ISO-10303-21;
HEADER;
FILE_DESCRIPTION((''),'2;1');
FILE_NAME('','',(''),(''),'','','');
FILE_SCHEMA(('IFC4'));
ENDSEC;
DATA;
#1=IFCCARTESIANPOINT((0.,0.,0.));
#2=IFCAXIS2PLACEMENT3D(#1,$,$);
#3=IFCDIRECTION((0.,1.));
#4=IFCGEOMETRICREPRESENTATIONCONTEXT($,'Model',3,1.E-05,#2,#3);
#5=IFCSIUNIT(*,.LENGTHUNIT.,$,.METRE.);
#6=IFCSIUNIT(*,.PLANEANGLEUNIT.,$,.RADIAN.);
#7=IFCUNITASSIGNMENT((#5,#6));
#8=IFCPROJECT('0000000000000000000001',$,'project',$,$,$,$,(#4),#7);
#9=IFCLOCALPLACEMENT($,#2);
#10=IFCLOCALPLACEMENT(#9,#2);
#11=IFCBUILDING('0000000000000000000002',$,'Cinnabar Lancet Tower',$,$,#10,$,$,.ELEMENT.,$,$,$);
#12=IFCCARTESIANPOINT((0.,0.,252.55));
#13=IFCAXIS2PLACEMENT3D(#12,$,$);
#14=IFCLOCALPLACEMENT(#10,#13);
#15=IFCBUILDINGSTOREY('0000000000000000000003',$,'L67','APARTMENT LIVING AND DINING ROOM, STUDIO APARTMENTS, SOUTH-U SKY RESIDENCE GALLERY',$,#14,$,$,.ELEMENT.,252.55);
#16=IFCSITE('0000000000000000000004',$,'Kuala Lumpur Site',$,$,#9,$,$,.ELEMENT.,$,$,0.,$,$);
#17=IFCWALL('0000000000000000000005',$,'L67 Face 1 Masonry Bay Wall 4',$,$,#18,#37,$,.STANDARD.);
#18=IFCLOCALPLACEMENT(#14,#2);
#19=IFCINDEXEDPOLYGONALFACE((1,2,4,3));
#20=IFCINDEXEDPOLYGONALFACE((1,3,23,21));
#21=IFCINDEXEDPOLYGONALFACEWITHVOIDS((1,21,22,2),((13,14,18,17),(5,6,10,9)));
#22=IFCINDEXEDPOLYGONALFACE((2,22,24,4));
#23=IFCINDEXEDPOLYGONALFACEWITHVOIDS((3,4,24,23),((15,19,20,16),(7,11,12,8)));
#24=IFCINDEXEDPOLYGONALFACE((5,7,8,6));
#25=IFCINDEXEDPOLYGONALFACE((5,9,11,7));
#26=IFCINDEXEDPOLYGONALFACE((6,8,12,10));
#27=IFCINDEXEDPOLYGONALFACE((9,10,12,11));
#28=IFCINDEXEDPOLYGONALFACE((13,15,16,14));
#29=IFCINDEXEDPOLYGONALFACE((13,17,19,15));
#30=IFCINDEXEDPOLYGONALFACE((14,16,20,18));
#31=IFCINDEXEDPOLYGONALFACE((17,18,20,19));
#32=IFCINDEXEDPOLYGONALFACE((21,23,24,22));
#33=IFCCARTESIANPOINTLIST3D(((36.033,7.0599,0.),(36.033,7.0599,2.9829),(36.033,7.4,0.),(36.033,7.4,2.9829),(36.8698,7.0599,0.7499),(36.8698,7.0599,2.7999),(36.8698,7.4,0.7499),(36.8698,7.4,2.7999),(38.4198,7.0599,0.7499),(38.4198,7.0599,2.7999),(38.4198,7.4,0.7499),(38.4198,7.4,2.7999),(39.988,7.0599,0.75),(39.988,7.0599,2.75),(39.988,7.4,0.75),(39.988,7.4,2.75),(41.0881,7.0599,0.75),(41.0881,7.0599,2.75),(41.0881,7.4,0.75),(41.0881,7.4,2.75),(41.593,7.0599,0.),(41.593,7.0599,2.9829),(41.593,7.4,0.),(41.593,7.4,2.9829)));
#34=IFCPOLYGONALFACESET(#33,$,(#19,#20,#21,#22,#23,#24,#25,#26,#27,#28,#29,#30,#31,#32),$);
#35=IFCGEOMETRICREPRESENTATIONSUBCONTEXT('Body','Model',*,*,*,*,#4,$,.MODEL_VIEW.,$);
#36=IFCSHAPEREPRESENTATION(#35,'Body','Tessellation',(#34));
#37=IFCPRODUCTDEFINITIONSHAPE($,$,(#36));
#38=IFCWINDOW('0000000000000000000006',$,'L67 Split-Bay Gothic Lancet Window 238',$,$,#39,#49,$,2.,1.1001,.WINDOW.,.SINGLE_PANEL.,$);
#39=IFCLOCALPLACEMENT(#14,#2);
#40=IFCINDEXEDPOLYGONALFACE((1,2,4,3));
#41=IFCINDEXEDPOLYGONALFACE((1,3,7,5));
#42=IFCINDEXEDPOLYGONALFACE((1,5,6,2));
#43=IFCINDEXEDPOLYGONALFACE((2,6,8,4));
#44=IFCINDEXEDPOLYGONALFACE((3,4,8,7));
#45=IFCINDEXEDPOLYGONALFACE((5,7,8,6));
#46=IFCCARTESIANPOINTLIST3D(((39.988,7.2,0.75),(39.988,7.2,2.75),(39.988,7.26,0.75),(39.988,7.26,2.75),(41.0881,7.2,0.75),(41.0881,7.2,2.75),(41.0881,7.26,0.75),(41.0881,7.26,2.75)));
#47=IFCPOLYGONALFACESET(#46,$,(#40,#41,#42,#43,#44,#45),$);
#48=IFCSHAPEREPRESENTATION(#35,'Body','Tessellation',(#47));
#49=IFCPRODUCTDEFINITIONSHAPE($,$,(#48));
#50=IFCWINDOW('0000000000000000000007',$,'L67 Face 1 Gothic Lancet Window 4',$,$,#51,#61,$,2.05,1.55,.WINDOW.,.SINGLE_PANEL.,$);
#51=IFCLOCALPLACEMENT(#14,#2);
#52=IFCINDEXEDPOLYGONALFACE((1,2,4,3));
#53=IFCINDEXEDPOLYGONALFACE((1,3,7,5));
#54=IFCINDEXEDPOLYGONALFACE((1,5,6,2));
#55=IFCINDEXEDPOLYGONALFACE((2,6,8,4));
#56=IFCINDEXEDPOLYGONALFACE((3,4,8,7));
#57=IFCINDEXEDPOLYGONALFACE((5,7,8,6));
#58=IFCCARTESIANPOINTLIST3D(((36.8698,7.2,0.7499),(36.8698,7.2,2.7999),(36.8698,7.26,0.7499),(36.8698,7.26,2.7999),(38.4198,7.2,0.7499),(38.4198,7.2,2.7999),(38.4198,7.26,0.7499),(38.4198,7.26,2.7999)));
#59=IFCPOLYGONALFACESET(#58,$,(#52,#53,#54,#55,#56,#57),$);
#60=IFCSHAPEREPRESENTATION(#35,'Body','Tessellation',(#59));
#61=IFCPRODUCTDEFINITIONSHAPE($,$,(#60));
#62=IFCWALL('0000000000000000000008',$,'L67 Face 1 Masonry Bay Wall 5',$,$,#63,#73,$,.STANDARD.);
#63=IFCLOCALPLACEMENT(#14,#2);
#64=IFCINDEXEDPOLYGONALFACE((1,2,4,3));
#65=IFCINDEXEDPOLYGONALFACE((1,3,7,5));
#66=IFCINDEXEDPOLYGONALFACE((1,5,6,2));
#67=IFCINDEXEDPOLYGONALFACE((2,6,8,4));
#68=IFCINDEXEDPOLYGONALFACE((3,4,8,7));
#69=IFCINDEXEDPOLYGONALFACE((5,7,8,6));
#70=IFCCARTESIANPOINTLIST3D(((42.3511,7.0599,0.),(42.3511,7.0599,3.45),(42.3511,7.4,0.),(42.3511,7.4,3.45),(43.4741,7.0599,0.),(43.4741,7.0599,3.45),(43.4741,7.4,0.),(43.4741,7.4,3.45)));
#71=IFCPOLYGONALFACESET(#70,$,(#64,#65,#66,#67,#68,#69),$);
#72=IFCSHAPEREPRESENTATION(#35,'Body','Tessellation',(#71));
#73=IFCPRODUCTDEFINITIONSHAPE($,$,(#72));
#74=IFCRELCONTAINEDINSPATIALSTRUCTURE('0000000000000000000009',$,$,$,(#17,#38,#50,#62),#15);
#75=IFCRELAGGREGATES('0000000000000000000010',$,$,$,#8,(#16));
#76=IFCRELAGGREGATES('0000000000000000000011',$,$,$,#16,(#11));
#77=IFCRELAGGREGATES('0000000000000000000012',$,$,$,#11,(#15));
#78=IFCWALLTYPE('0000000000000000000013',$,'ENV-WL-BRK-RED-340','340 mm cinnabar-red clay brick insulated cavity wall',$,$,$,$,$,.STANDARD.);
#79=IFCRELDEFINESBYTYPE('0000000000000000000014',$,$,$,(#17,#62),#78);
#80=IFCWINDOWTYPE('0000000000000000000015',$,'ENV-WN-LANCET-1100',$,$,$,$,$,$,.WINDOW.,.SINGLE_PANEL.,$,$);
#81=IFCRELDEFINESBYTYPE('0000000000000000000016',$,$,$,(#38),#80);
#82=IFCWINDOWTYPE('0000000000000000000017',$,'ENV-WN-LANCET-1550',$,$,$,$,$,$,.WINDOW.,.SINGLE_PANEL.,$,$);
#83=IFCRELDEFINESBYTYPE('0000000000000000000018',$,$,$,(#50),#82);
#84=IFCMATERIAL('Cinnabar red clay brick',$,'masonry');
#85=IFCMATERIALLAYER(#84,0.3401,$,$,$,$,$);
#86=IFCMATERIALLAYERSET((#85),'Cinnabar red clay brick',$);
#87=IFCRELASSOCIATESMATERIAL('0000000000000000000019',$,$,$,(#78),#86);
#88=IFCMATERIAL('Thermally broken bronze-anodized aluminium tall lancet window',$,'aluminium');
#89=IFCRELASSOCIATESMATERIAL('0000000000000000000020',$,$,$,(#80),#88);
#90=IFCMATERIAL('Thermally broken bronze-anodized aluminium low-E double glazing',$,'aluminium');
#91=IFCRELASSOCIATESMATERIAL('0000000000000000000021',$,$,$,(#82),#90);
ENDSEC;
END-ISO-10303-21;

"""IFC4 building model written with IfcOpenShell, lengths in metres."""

from ifc_helpers import new_model, si_unit, direction, frame, frame_2d, origin, place, context, subcontext, project, spatial, rectangle, extrude, material, layer, layer_set, type_object, element, fill, save


model = new_model("IFC4")

# Units and contexts
model_context = context("Model", 3, precision=1e-05, world=origin(), true_north=direction((0.0, 1.0)))
body_context = subcontext(model_context, "Body", "Model", "MODEL_VIEW")
ifc_project = project(units=[si_unit("LENGTHUNIT", "METRE"), si_unit("PLANEANGLEUNIT", "RADIAN")], contexts=[model_context])

# Site, building, storey
site_placement = place(None, origin())
site = spatial("IfcSite", under=ifc_project, at=site_placement, Name="Kuala Lumpur Site", CompositionType="ELEMENT", RefElevation=0.0)
building_placement = place(site_placement, origin())
building = spatial("IfcBuilding", under=site, at=building_placement, Name="Cinnabar Lancet Tower", CompositionType="ELEMENT")
storey_placement = place(building_placement, frame((0.0, 0.0, 252.55)))
storey = spatial("IfcBuildingStorey", under=building, at=storey_placement, Name="L67", Description="APARTMENT LIVING AND DINING ROOM, STUDIO APARTMENTS, SOUTH-U SKY RESIDENCE GALLERY", CompositionType="ELEMENT", Elevation=252.55)

# Shared definitions
ifc_material_1 = material(Name="Cinnabar red clay brick", Category="masonry")
ifc_layer_1 = layer(ifc_material_1, 0.3401)
ifc_layer_set_1 = layer_set([ifc_layer_1], Name="Cinnabar red clay brick")
wall_type_1 = type_object("IfcWallType", Name="ENV-WL-BRK-RED-340", Description="340 mm cinnabar-red clay brick insulated cavity wall", PredefinedType="STANDARD", material=ifc_layer_set_1)

# Wall, openings, windows
wall_1_placement = place(storey_placement, frame((36.033, 7.23, 0.0), z_axis=(0.0, 0.0, 1.0), x_axis=(1.0, 0.0, 0.0)))
wall_1 = element("IfcWall", 1, at=wall_1_placement, inside=storey, type_object=wall_type_1, Name="L67 Face 1 Masonry Bay Wall 4", PredefinedType="STANDARD", context=body_context, shape_type="SweptSolid", body=[
    extrude(rectangle(XDim=5.5601, YDim=0.3401, at=frame_2d((2.78, 0.0))), origin(), (0.0, 0.0, 1.0), 2.9829),
])
opening_1_placement = place(wall_1_placement, frame((0.8369, 0.0, 0.75)))
opening_1 = element("IfcOpeningElement", 2, at=opening_1_placement, cuts=wall_1, PredefinedType="OPENING", context=body_context, shape_type="SweptSolid", body=[
    extrude(rectangle(XDim=1.55, YDim=2.05, at=frame_2d((0.7749, 1.0249))), frame((0.0, 0.1799, 0.0), z_axis=(0.0, -1.0, 0.0), x_axis=(1.0, 0.0, 0.0)), (0.0, 0.0, 1.0), 0.3601),
])
opening_2_placement = place(wall_1_placement, frame((3.9551, 0.0, 0.75)))
opening_2 = element("IfcOpeningElement", 3, at=opening_2_placement, cuts=wall_1, PredefinedType="OPENING", context=body_context, shape_type="SweptSolid", body=[
    extrude(rectangle(XDim=1.1001, YDim=2.0, at=frame_2d((0.55, 1.0))), frame((0.0, 0.1799, 0.0), z_axis=(0.0, -1.0, 0.0), x_axis=(1.0, 0.0, 0.0)), (0.0, 0.0, 1.0), 0.3601),
])
ifc_material_2 = material(Name="Thermally broken bronze-anodized aluminium tall lancet window", Category="aluminium")
window_type_1 = type_object("IfcWindowType", Name="ENV-WN-LANCET-1100", PartitioningType="SINGLE_PANEL", PredefinedType="WINDOW", material=ifc_material_2)
window_1_placement = place(opening_2_placement, origin())
window_1 = element("IfcWindow", 4, at=window_1_placement, inside=storey, type_object=window_type_1, Name="L67 Split-Bay Gothic Lancet Window 238", OverallHeight=2.0, OverallWidth=1.1001, PartitioningType="SINGLE_PANEL", PredefinedType="WINDOW", context=body_context, shape_type="SweptSolid", body=[
    extrude(rectangle(XDim=1.1001, YDim=2.0, at=frame_2d((0.55, 1.0))), frame((0.0, 0.03, 0.0), z_axis=(0.0, -1.0, 0.0), x_axis=(1.0, 0.0, 0.0)), (0.0, 0.0, 1.0), 0.0601),
])
fill(opening_2, window_1)
ifc_material_3 = material(Name="Thermally broken bronze-anodized aluminium low-E double glazing", Category="aluminium")
window_type_2 = type_object("IfcWindowType", Name="ENV-WN-LANCET-1550", PartitioningType="SINGLE_PANEL", PredefinedType="WINDOW", material=ifc_material_3)
window_2_placement = place(opening_1_placement, origin())
window_2 = element("IfcWindow", 5, at=window_2_placement, inside=storey, type_object=window_type_2, Name="L67 Face 1 Gothic Lancet Window 4", OverallHeight=2.05, OverallWidth=1.55, PartitioningType="SINGLE_PANEL", PredefinedType="WINDOW", context=body_context, shape_type="SweptSolid", body=[
    extrude(rectangle(XDim=1.55, YDim=2.05, at=frame_2d((0.7749, 1.0249))), frame((0.0, 0.03, 0.0), z_axis=(0.0, -1.0, 0.0), x_axis=(1.0, 0.0, 0.0)), (0.0, 0.0, 1.0), 0.0601),
])
fill(opening_1, window_2)

# Wall
wall_2_placement = place(storey_placement, frame((42.3511, 7.23, 0.0), z_axis=(0.0, 0.0, 1.0), x_axis=(1.0, 0.0, 0.0)))
element("IfcWall", 6, at=wall_2_placement, inside=storey, type_object=wall_type_1, Name="L67 Face 1 Masonry Bay Wall 5", PredefinedType="STANDARD", context=body_context, shape_type="SweptSolid", body=[
    extrude(rectangle(XDim=1.123, YDim=0.3401, at=frame_2d((0.5615, 0.0))), origin(), (0.0, 0.0, 1.0), 3.45),
])

save(model, "model.ifc")
